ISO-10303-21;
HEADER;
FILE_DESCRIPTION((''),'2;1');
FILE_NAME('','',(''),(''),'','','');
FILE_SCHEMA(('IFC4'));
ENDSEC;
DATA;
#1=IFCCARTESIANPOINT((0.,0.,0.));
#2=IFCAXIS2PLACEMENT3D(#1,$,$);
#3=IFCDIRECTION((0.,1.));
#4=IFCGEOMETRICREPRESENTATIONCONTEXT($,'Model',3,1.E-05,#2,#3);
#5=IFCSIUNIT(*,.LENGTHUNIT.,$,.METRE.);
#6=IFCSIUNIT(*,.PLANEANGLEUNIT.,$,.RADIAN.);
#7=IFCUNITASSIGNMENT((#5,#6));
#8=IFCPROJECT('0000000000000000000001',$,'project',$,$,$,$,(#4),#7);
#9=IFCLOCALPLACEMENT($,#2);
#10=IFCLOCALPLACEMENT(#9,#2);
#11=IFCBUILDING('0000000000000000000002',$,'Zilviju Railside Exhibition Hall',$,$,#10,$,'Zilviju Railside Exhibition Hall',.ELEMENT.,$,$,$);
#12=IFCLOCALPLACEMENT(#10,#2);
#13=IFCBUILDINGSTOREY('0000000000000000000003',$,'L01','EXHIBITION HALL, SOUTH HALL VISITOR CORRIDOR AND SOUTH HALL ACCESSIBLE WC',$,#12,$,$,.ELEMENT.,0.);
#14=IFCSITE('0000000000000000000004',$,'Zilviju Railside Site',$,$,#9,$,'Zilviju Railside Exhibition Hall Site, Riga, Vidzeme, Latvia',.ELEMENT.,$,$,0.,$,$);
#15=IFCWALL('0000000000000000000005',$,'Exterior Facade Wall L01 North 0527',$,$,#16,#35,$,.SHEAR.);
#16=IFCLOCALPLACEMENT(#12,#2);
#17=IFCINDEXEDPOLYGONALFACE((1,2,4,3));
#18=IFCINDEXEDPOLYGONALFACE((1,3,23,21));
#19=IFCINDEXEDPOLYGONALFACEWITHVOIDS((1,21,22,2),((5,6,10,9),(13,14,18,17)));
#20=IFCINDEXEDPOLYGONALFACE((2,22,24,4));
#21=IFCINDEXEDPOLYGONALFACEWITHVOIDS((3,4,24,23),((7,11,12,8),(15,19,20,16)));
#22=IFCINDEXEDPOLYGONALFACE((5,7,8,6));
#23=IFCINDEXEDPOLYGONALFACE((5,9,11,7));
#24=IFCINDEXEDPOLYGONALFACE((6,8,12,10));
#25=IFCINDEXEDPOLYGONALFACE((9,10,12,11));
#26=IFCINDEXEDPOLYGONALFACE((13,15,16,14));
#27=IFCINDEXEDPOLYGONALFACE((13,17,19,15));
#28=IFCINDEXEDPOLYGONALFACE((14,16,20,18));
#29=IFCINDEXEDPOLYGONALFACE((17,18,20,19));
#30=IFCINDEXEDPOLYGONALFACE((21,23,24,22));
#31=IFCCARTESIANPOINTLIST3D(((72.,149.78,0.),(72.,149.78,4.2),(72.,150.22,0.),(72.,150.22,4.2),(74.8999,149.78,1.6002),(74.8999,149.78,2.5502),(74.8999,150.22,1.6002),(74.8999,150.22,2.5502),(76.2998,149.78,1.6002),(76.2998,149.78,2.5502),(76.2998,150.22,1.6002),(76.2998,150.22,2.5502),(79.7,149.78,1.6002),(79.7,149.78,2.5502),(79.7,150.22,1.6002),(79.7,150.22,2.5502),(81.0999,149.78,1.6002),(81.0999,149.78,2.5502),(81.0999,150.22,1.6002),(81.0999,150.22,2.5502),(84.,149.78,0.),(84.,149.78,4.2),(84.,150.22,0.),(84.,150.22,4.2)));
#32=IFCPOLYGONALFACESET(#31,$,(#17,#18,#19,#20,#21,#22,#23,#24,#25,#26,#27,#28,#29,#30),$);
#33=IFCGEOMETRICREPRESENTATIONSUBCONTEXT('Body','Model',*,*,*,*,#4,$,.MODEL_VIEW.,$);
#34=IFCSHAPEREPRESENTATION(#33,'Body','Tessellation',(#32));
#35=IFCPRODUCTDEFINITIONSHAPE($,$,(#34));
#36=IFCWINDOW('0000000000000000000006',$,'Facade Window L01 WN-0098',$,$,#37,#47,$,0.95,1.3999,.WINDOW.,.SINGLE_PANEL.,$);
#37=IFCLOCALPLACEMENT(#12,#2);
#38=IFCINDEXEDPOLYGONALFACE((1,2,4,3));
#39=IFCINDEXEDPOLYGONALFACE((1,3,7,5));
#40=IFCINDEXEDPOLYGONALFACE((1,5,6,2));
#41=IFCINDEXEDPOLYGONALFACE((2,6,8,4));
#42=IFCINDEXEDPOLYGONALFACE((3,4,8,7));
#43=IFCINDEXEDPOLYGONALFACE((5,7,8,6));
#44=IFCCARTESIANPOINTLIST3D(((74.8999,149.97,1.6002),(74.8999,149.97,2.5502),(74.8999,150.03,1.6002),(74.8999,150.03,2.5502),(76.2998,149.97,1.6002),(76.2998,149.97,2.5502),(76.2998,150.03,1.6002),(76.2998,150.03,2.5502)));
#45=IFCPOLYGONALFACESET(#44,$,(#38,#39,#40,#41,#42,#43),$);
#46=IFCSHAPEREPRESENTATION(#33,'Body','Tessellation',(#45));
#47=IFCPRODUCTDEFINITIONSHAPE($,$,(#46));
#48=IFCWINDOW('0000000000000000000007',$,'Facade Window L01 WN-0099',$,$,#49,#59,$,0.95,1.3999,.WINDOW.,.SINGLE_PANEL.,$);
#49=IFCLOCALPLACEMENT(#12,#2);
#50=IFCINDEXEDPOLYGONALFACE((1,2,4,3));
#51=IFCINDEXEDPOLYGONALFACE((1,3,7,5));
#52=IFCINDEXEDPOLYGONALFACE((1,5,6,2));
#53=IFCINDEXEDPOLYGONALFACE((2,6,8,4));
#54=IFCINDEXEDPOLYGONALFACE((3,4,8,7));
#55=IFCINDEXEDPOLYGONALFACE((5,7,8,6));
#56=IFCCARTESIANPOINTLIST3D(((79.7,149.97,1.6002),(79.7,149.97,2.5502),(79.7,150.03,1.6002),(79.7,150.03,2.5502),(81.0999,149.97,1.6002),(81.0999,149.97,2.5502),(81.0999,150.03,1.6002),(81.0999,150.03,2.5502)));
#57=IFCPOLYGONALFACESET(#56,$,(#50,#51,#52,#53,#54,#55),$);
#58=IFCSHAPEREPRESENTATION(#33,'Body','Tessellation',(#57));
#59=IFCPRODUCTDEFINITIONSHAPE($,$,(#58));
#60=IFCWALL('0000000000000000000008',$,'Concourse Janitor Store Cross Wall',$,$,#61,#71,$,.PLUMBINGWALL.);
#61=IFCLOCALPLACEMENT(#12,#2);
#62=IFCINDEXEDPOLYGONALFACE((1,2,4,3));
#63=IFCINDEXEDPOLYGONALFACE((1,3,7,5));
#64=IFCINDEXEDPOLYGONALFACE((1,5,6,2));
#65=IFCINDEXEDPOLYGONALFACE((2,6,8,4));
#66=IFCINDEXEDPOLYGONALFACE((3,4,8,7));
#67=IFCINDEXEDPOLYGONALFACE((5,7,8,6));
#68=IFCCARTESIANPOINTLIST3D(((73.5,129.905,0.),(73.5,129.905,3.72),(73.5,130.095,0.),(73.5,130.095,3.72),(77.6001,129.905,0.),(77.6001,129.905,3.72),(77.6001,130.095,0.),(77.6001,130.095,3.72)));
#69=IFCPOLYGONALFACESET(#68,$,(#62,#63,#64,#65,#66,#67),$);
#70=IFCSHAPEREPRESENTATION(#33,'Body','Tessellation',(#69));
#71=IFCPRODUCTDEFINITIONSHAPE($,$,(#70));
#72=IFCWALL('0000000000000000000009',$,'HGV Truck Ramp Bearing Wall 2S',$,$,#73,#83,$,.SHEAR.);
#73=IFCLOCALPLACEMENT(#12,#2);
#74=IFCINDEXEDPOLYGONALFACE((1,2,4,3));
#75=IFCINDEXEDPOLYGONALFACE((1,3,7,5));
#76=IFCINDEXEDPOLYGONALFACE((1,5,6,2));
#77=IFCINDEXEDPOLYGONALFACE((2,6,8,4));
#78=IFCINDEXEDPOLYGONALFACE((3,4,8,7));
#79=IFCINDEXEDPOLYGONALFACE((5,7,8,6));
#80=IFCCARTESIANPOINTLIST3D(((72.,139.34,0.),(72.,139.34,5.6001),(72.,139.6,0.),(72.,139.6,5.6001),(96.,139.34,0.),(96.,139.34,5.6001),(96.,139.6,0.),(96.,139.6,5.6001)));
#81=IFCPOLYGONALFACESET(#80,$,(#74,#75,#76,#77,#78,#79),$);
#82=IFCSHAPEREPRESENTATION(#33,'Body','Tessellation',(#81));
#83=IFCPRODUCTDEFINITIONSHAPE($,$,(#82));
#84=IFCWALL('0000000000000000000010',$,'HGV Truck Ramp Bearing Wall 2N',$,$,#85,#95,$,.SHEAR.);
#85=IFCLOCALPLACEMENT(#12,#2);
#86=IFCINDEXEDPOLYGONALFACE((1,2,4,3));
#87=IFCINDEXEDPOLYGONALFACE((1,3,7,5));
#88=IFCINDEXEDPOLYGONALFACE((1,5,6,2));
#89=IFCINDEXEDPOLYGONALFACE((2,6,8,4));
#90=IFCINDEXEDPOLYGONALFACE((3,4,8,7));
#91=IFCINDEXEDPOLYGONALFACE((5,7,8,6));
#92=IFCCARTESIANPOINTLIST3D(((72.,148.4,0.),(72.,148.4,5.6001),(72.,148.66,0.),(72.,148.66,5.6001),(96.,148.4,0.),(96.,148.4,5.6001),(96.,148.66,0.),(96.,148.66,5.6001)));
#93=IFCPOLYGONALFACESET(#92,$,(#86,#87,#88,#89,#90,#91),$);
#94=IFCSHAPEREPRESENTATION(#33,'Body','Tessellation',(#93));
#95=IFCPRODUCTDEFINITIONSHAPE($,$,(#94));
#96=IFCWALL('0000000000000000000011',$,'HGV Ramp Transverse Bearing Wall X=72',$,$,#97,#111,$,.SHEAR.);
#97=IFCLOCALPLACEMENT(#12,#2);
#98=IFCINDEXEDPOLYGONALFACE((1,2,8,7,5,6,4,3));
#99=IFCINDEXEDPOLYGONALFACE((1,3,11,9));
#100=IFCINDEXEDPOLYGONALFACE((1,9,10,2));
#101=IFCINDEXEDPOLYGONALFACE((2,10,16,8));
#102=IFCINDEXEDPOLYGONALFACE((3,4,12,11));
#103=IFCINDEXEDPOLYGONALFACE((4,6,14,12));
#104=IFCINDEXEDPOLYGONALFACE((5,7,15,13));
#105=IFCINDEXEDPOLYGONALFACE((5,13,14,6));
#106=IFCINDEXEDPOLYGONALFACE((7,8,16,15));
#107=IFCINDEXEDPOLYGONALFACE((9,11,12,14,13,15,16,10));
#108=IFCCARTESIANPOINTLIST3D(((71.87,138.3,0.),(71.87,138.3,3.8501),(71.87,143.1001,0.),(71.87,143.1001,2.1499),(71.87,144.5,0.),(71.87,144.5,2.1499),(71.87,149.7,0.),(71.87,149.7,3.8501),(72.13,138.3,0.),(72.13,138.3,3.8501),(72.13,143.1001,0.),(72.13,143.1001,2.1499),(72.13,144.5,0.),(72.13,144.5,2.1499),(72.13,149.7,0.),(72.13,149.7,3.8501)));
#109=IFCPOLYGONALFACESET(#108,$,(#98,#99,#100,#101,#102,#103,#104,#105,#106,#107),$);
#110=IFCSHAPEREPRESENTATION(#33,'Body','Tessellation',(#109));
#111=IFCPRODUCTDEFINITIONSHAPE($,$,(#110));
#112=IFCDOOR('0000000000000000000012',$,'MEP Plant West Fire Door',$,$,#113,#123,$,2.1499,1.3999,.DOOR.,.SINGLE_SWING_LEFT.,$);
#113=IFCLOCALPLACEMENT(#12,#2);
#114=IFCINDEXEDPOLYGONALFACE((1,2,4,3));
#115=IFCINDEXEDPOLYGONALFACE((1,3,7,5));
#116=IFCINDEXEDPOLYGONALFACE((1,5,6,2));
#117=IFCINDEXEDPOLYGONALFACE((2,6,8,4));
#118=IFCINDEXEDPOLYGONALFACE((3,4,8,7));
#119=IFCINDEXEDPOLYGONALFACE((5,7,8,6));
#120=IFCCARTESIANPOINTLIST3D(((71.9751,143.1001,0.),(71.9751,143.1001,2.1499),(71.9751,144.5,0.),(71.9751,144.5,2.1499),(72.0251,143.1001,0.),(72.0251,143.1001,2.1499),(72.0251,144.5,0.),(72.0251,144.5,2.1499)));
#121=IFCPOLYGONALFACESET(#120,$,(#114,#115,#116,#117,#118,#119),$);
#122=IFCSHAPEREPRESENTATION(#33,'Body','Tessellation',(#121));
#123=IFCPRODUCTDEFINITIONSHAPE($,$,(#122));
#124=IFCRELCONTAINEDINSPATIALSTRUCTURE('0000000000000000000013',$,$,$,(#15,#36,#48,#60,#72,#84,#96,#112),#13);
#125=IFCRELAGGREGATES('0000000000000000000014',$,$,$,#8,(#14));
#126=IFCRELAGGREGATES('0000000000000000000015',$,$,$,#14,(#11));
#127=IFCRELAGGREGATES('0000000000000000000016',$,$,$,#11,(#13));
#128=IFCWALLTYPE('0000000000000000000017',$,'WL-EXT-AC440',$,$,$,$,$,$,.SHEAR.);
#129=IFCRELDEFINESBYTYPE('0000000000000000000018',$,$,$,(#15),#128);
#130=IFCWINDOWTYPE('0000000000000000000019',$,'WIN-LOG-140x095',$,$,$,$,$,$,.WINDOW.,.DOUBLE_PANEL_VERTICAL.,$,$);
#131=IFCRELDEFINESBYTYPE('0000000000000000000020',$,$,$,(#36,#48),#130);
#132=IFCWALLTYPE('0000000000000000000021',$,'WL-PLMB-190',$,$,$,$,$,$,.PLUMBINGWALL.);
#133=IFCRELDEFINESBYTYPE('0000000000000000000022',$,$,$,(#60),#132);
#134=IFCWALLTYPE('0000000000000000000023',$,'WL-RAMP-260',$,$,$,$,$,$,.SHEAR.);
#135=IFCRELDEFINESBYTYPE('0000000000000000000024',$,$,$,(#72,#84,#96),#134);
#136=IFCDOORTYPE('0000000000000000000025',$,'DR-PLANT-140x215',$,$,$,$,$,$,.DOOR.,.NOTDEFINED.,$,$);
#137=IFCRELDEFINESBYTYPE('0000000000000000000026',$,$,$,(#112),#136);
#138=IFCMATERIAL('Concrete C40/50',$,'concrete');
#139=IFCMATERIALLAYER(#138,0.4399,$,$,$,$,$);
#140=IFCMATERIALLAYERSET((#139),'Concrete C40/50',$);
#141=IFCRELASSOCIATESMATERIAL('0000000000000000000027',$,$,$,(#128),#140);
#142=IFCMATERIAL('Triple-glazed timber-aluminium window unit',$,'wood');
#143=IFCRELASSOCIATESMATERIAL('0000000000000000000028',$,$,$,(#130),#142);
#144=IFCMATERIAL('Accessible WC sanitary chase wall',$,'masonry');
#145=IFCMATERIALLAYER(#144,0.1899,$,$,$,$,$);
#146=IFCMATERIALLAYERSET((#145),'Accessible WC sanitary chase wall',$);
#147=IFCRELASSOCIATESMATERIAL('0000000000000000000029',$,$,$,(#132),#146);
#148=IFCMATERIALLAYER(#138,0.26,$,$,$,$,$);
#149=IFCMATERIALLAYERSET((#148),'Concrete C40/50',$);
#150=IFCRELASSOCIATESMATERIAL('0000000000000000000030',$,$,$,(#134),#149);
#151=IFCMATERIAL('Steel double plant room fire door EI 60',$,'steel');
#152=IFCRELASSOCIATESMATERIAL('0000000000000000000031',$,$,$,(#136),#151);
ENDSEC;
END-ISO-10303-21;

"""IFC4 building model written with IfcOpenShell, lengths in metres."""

from ifc_helpers import new_model, si_unit, direction, frame, frame_2d, origin, place, context, subcontext, project, spatial, rectangle, extrude, material, layer, layer_set, type_object, element, fill, save


model = new_model("IFC4")

# Units and contexts
model_context = context("Model", 3, precision=1e-05, world=origin(), true_north=direction((0.0, 1.0)))
body_context = subcontext(model_context, "Body", "Model", "MODEL_VIEW")
ifc_project = project(units=[si_unit("LENGTHUNIT", "METRE"), si_unit("PLANEANGLEUNIT", "RADIAN")], contexts=[model_context])

# Site, building, storey
site_placement = place(None, origin())
site = spatial("IfcSite", under=ifc_project, at=site_placement, Name="Zilviju Railside Site", LongName="Zilviju Railside Exhibition Hall Site, Riga, Vidzeme, Latvia", CompositionType="ELEMENT", RefElevation=0.0)
building_placement = place(site_placement, origin())
building = spatial("IfcBuilding", under=site, at=building_placement, Name="Zilviju Railside Exhibition Hall", LongName="Zilviju Railside Exhibition Hall", CompositionType="ELEMENT")
storey_placement = place(building_placement, origin())
storey = spatial("IfcBuildingStorey", under=building, at=storey_placement, Name="L01", Description="EXHIBITION HALL, SOUTH HALL VISITOR CORRIDOR AND SOUTH HALL ACCESSIBLE WC", CompositionType="ELEMENT", Elevation=0.0)

# Shared definitions
ifc_material_1 = material(Name="Concrete C40/50", Category="concrete")

# Wall, openings, windows
ifc_layer_1 = layer(ifc_material_1, 0.4399)
ifc_layer_set_1 = layer_set([ifc_layer_1], Name="Concrete C40/50")
wall_type_1 = type_object("IfcWallType", Name="WL-EXT-AC440", PredefinedType="SHEAR", material=ifc_layer_set_1)
wall_1_placement = place(storey_placement, frame((72.0, 150.0, 0.0), z_axis=(0.0, 0.0, 1.0), x_axis=(1.0, 0.0, 0.0)))
wall_1 = element("IfcWall", 1, at=wall_1_placement, inside=storey, type_object=wall_type_1, Name="Exterior Facade Wall L01 North 0527", PredefinedType="SHEAR", context=body_context, shape_type="SweptSolid", body=[
    extrude(rectangle(XDim=12.0, YDim=0.4399, at=frame_2d((6.0, 0.0))), origin(), (0.0, 0.0, 1.0), 4.2),
])
opening_1_placement = place(wall_1_placement, frame((2.8999, 0.0, 1.6001)))
opening_1 = element("IfcOpeningElement", 2, at=opening_1_placement, cuts=wall_1, PredefinedType="OPENING", context=body_context, shape_type="SweptSolid", body=[
    extrude(rectangle(XDim=1.3999, YDim=0.95, at=frame_2d((0.7, 0.4751))), frame((0.0, 0.23, 0.0), z_axis=(0.0, -1.0, 0.0), x_axis=(1.0, 0.0, 0.0)), (0.0, 0.0, 1.0), 0.46),
])
opening_2_placement = place(wall_1_placement, frame((7.7, 0.0, 1.6001)))
opening_2 = element("IfcOpeningElement", 3, at=opening_2_placement, cuts=wall_1, PredefinedType="OPENING", context=body_context, shape_type="SweptSolid", body=[
    extrude(rectangle(XDim=1.3999, YDim=0.95, at=frame_2d((0.7, 0.4751))), frame((0.0, 0.23, 0.0), z_axis=(0.0, -1.0, 0.0), x_axis=(1.0, 0.0, 0.0)), (0.0, 0.0, 1.0), 0.46),
])
ifc_material_2 = material(Name="Triple-glazed timber-aluminium window unit", Category="wood")
window_type = type_object("IfcWindowType", Name="WIN-LOG-140x095", PartitioningType="DOUBLE_PANEL_VERTICAL", PredefinedType="WINDOW", material=ifc_material_2)
window_1_placement = place(opening_1_placement, origin())
window_1 = element("IfcWindow", 4, at=window_1_placement, inside=storey, type_object=window_type, Name="Facade Window L01 WN-0098", OverallHeight=0.95, OverallWidth=1.3999, PartitioningType="SINGLE_PANEL", PredefinedType="WINDOW", context=body_context, shape_type="SweptSolid", body=[
    extrude(rectangle(XDim=1.3999, YDim=0.95, at=frame_2d((0.7, 0.4751))), frame((0.0, 0.03, 0.0), z_axis=(0.0, -1.0, 0.0), x_axis=(1.0, 0.0, 0.0)), (0.0, 0.0, 1.0), 0.0601),
])
fill(opening_1, window_1)
window_2_placement = place(opening_2_placement, origin())
window_2 = element("IfcWindow", 5, at=window_2_placement, inside=storey, type_object=window_type, Name="Facade Window L01 WN-0099", OverallHeight=0.95, OverallWidth=1.3999, PartitioningType="SINGLE_PANEL", PredefinedType="WINDOW", context=body_context, shape_type="SweptSolid", body=[
    extrude(rectangle(XDim=1.3999, YDim=0.95, at=frame_2d((0.7, 0.4751))), frame((0.0, 0.03, 0.0), z_axis=(0.0, -1.0, 0.0), x_axis=(1.0, 0.0, 0.0)), (0.0, 0.0, 1.0), 0.0601),
])
fill(opening_2, window_2)

# Walls
ifc_material_3 = material(Name="Accessible WC sanitary chase wall", Category="masonry")
ifc_layer_2 = layer(ifc_material_3, 0.1899)
ifc_layer_set_2 = layer_set([ifc_layer_2], Name="Accessible WC sanitary chase wall")
wall_type_2 = type_object("IfcWallType", Name="WL-PLMB-190", PredefinedType="PLUMBINGWALL", material=ifc_layer_set_2)
wall_2_placement = place(storey_placement, frame((73.5, 130.0, 0.0), z_axis=(0.0, 0.0, 1.0), x_axis=(1.0, 0.0, 0.0)))
element("IfcWall", 6, at=wall_2_placement, inside=storey, type_object=wall_type_2, Name="Concourse Janitor Store Cross Wall", PredefinedType="PLUMBINGWALL", context=body_context, shape_type="SweptSolid", body=[
    extrude(rectangle(XDim=4.1001, YDim=0.1899, at=frame_2d((2.05, 0.0))), origin(), (0.0, 0.0, 1.0), 3.72),
])
ifc_layer_3 = layer(ifc_material_1, 0.26)
ifc_layer_set_3 = layer_set([ifc_layer_3], Name="Concrete C40/50")
wall_type_3 = type_object("IfcWallType", Name="WL-RAMP-260", PredefinedType="SHEAR", material=ifc_layer_set_3)
for number, where, z_axis, x_axis, name in (
    (7, (72.0, 139.47, 0.0), (0.0, 0.0, 1.0), (1.0, 0.0, 0.0), "HGV Truck Ramp Bearing Wall 2S"),
    (8, (72.0, 148.53, 0.0), (0.0, 0.0, 1.0), (1.0, 0.0, 0.0), "HGV Truck Ramp Bearing Wall 2N"),
):
    element("IfcWall", number, at=place(storey_placement, frame(where, z_axis=z_axis, x_axis=x_axis)), inside=storey, type_object=wall_type_3, Name=name, PredefinedType="SHEAR", context=body_context, shape_type="SweptSolid", body=[
        extrude(rectangle(XDim=24.0, YDim=0.26, at=frame_2d((12.0, 0.0))), origin(), (0.0, 0.0, 1.0), 5.6001),
    ])

# Wall, opening, door
wall_3_placement = place(storey_placement, frame((72.0, 138.3, 0.0), z_axis=(0.0, 0.0, 1.0), x_axis=(0.0, 1.0, 0.0)))
wall_3 = element("IfcWall", 9, at=wall_3_placement, inside=storey, type_object=wall_type_3, Name="HGV Ramp Transverse Bearing Wall X=72", PredefinedType="SHEAR", context=body_context, shape_type="SweptSolid", body=[
    extrude(rectangle(XDim=11.3999, YDim=0.26, at=frame_2d((5.7, 0.0))), origin(), (0.0, 0.0, 1.0), 3.8501),
])
opening_3_placement = place(wall_3_placement, frame((4.8, 0.0, 0.0)))
opening_3 = element("IfcOpeningElement", 10, at=opening_3_placement, cuts=wall_3, PredefinedType="OPENING", context=body_context, shape_type="SweptSolid", body=[
    extrude(rectangle(XDim=1.3999, YDim=2.1499, at=frame_2d((0.7, 1.075))), frame((0.0, 0.1399, 0.0), z_axis=(0.0, -1.0, 0.0), x_axis=(1.0, 0.0, 0.0)), (0.0, 0.0, 1.0), 0.28),
])
ifc_material_4 = material(Name="Steel double plant room fire door EI 60", Category="steel")
door_type = type_object("IfcDoorType", Name="DR-PLANT-140x215", OperationType="NOTDEFINED", PredefinedType="DOOR", material=ifc_material_4)
door_placement = place(opening_3_placement, origin())
door = element("IfcDoor", 11, at=door_placement, inside=storey, type_object=door_type, Name="MEP Plant West Fire Door", OperationType="SINGLE_SWING_LEFT", OverallHeight=2.1499, OverallWidth=1.3999, PredefinedType="DOOR", context=body_context, shape_type="SweptSolid", body=[
    extrude(rectangle(XDim=1.3999, YDim=2.1499, at=frame_2d((0.7, 1.075))), frame((0.0, 0.0249, 0.0), z_axis=(0.0, -1.0, 0.0), x_axis=(1.0, 0.0, 0.0)), (0.0, 0.0, 1.0), 0.05),
])
fill(opening_3, door)

save(model, "model.ifc")
